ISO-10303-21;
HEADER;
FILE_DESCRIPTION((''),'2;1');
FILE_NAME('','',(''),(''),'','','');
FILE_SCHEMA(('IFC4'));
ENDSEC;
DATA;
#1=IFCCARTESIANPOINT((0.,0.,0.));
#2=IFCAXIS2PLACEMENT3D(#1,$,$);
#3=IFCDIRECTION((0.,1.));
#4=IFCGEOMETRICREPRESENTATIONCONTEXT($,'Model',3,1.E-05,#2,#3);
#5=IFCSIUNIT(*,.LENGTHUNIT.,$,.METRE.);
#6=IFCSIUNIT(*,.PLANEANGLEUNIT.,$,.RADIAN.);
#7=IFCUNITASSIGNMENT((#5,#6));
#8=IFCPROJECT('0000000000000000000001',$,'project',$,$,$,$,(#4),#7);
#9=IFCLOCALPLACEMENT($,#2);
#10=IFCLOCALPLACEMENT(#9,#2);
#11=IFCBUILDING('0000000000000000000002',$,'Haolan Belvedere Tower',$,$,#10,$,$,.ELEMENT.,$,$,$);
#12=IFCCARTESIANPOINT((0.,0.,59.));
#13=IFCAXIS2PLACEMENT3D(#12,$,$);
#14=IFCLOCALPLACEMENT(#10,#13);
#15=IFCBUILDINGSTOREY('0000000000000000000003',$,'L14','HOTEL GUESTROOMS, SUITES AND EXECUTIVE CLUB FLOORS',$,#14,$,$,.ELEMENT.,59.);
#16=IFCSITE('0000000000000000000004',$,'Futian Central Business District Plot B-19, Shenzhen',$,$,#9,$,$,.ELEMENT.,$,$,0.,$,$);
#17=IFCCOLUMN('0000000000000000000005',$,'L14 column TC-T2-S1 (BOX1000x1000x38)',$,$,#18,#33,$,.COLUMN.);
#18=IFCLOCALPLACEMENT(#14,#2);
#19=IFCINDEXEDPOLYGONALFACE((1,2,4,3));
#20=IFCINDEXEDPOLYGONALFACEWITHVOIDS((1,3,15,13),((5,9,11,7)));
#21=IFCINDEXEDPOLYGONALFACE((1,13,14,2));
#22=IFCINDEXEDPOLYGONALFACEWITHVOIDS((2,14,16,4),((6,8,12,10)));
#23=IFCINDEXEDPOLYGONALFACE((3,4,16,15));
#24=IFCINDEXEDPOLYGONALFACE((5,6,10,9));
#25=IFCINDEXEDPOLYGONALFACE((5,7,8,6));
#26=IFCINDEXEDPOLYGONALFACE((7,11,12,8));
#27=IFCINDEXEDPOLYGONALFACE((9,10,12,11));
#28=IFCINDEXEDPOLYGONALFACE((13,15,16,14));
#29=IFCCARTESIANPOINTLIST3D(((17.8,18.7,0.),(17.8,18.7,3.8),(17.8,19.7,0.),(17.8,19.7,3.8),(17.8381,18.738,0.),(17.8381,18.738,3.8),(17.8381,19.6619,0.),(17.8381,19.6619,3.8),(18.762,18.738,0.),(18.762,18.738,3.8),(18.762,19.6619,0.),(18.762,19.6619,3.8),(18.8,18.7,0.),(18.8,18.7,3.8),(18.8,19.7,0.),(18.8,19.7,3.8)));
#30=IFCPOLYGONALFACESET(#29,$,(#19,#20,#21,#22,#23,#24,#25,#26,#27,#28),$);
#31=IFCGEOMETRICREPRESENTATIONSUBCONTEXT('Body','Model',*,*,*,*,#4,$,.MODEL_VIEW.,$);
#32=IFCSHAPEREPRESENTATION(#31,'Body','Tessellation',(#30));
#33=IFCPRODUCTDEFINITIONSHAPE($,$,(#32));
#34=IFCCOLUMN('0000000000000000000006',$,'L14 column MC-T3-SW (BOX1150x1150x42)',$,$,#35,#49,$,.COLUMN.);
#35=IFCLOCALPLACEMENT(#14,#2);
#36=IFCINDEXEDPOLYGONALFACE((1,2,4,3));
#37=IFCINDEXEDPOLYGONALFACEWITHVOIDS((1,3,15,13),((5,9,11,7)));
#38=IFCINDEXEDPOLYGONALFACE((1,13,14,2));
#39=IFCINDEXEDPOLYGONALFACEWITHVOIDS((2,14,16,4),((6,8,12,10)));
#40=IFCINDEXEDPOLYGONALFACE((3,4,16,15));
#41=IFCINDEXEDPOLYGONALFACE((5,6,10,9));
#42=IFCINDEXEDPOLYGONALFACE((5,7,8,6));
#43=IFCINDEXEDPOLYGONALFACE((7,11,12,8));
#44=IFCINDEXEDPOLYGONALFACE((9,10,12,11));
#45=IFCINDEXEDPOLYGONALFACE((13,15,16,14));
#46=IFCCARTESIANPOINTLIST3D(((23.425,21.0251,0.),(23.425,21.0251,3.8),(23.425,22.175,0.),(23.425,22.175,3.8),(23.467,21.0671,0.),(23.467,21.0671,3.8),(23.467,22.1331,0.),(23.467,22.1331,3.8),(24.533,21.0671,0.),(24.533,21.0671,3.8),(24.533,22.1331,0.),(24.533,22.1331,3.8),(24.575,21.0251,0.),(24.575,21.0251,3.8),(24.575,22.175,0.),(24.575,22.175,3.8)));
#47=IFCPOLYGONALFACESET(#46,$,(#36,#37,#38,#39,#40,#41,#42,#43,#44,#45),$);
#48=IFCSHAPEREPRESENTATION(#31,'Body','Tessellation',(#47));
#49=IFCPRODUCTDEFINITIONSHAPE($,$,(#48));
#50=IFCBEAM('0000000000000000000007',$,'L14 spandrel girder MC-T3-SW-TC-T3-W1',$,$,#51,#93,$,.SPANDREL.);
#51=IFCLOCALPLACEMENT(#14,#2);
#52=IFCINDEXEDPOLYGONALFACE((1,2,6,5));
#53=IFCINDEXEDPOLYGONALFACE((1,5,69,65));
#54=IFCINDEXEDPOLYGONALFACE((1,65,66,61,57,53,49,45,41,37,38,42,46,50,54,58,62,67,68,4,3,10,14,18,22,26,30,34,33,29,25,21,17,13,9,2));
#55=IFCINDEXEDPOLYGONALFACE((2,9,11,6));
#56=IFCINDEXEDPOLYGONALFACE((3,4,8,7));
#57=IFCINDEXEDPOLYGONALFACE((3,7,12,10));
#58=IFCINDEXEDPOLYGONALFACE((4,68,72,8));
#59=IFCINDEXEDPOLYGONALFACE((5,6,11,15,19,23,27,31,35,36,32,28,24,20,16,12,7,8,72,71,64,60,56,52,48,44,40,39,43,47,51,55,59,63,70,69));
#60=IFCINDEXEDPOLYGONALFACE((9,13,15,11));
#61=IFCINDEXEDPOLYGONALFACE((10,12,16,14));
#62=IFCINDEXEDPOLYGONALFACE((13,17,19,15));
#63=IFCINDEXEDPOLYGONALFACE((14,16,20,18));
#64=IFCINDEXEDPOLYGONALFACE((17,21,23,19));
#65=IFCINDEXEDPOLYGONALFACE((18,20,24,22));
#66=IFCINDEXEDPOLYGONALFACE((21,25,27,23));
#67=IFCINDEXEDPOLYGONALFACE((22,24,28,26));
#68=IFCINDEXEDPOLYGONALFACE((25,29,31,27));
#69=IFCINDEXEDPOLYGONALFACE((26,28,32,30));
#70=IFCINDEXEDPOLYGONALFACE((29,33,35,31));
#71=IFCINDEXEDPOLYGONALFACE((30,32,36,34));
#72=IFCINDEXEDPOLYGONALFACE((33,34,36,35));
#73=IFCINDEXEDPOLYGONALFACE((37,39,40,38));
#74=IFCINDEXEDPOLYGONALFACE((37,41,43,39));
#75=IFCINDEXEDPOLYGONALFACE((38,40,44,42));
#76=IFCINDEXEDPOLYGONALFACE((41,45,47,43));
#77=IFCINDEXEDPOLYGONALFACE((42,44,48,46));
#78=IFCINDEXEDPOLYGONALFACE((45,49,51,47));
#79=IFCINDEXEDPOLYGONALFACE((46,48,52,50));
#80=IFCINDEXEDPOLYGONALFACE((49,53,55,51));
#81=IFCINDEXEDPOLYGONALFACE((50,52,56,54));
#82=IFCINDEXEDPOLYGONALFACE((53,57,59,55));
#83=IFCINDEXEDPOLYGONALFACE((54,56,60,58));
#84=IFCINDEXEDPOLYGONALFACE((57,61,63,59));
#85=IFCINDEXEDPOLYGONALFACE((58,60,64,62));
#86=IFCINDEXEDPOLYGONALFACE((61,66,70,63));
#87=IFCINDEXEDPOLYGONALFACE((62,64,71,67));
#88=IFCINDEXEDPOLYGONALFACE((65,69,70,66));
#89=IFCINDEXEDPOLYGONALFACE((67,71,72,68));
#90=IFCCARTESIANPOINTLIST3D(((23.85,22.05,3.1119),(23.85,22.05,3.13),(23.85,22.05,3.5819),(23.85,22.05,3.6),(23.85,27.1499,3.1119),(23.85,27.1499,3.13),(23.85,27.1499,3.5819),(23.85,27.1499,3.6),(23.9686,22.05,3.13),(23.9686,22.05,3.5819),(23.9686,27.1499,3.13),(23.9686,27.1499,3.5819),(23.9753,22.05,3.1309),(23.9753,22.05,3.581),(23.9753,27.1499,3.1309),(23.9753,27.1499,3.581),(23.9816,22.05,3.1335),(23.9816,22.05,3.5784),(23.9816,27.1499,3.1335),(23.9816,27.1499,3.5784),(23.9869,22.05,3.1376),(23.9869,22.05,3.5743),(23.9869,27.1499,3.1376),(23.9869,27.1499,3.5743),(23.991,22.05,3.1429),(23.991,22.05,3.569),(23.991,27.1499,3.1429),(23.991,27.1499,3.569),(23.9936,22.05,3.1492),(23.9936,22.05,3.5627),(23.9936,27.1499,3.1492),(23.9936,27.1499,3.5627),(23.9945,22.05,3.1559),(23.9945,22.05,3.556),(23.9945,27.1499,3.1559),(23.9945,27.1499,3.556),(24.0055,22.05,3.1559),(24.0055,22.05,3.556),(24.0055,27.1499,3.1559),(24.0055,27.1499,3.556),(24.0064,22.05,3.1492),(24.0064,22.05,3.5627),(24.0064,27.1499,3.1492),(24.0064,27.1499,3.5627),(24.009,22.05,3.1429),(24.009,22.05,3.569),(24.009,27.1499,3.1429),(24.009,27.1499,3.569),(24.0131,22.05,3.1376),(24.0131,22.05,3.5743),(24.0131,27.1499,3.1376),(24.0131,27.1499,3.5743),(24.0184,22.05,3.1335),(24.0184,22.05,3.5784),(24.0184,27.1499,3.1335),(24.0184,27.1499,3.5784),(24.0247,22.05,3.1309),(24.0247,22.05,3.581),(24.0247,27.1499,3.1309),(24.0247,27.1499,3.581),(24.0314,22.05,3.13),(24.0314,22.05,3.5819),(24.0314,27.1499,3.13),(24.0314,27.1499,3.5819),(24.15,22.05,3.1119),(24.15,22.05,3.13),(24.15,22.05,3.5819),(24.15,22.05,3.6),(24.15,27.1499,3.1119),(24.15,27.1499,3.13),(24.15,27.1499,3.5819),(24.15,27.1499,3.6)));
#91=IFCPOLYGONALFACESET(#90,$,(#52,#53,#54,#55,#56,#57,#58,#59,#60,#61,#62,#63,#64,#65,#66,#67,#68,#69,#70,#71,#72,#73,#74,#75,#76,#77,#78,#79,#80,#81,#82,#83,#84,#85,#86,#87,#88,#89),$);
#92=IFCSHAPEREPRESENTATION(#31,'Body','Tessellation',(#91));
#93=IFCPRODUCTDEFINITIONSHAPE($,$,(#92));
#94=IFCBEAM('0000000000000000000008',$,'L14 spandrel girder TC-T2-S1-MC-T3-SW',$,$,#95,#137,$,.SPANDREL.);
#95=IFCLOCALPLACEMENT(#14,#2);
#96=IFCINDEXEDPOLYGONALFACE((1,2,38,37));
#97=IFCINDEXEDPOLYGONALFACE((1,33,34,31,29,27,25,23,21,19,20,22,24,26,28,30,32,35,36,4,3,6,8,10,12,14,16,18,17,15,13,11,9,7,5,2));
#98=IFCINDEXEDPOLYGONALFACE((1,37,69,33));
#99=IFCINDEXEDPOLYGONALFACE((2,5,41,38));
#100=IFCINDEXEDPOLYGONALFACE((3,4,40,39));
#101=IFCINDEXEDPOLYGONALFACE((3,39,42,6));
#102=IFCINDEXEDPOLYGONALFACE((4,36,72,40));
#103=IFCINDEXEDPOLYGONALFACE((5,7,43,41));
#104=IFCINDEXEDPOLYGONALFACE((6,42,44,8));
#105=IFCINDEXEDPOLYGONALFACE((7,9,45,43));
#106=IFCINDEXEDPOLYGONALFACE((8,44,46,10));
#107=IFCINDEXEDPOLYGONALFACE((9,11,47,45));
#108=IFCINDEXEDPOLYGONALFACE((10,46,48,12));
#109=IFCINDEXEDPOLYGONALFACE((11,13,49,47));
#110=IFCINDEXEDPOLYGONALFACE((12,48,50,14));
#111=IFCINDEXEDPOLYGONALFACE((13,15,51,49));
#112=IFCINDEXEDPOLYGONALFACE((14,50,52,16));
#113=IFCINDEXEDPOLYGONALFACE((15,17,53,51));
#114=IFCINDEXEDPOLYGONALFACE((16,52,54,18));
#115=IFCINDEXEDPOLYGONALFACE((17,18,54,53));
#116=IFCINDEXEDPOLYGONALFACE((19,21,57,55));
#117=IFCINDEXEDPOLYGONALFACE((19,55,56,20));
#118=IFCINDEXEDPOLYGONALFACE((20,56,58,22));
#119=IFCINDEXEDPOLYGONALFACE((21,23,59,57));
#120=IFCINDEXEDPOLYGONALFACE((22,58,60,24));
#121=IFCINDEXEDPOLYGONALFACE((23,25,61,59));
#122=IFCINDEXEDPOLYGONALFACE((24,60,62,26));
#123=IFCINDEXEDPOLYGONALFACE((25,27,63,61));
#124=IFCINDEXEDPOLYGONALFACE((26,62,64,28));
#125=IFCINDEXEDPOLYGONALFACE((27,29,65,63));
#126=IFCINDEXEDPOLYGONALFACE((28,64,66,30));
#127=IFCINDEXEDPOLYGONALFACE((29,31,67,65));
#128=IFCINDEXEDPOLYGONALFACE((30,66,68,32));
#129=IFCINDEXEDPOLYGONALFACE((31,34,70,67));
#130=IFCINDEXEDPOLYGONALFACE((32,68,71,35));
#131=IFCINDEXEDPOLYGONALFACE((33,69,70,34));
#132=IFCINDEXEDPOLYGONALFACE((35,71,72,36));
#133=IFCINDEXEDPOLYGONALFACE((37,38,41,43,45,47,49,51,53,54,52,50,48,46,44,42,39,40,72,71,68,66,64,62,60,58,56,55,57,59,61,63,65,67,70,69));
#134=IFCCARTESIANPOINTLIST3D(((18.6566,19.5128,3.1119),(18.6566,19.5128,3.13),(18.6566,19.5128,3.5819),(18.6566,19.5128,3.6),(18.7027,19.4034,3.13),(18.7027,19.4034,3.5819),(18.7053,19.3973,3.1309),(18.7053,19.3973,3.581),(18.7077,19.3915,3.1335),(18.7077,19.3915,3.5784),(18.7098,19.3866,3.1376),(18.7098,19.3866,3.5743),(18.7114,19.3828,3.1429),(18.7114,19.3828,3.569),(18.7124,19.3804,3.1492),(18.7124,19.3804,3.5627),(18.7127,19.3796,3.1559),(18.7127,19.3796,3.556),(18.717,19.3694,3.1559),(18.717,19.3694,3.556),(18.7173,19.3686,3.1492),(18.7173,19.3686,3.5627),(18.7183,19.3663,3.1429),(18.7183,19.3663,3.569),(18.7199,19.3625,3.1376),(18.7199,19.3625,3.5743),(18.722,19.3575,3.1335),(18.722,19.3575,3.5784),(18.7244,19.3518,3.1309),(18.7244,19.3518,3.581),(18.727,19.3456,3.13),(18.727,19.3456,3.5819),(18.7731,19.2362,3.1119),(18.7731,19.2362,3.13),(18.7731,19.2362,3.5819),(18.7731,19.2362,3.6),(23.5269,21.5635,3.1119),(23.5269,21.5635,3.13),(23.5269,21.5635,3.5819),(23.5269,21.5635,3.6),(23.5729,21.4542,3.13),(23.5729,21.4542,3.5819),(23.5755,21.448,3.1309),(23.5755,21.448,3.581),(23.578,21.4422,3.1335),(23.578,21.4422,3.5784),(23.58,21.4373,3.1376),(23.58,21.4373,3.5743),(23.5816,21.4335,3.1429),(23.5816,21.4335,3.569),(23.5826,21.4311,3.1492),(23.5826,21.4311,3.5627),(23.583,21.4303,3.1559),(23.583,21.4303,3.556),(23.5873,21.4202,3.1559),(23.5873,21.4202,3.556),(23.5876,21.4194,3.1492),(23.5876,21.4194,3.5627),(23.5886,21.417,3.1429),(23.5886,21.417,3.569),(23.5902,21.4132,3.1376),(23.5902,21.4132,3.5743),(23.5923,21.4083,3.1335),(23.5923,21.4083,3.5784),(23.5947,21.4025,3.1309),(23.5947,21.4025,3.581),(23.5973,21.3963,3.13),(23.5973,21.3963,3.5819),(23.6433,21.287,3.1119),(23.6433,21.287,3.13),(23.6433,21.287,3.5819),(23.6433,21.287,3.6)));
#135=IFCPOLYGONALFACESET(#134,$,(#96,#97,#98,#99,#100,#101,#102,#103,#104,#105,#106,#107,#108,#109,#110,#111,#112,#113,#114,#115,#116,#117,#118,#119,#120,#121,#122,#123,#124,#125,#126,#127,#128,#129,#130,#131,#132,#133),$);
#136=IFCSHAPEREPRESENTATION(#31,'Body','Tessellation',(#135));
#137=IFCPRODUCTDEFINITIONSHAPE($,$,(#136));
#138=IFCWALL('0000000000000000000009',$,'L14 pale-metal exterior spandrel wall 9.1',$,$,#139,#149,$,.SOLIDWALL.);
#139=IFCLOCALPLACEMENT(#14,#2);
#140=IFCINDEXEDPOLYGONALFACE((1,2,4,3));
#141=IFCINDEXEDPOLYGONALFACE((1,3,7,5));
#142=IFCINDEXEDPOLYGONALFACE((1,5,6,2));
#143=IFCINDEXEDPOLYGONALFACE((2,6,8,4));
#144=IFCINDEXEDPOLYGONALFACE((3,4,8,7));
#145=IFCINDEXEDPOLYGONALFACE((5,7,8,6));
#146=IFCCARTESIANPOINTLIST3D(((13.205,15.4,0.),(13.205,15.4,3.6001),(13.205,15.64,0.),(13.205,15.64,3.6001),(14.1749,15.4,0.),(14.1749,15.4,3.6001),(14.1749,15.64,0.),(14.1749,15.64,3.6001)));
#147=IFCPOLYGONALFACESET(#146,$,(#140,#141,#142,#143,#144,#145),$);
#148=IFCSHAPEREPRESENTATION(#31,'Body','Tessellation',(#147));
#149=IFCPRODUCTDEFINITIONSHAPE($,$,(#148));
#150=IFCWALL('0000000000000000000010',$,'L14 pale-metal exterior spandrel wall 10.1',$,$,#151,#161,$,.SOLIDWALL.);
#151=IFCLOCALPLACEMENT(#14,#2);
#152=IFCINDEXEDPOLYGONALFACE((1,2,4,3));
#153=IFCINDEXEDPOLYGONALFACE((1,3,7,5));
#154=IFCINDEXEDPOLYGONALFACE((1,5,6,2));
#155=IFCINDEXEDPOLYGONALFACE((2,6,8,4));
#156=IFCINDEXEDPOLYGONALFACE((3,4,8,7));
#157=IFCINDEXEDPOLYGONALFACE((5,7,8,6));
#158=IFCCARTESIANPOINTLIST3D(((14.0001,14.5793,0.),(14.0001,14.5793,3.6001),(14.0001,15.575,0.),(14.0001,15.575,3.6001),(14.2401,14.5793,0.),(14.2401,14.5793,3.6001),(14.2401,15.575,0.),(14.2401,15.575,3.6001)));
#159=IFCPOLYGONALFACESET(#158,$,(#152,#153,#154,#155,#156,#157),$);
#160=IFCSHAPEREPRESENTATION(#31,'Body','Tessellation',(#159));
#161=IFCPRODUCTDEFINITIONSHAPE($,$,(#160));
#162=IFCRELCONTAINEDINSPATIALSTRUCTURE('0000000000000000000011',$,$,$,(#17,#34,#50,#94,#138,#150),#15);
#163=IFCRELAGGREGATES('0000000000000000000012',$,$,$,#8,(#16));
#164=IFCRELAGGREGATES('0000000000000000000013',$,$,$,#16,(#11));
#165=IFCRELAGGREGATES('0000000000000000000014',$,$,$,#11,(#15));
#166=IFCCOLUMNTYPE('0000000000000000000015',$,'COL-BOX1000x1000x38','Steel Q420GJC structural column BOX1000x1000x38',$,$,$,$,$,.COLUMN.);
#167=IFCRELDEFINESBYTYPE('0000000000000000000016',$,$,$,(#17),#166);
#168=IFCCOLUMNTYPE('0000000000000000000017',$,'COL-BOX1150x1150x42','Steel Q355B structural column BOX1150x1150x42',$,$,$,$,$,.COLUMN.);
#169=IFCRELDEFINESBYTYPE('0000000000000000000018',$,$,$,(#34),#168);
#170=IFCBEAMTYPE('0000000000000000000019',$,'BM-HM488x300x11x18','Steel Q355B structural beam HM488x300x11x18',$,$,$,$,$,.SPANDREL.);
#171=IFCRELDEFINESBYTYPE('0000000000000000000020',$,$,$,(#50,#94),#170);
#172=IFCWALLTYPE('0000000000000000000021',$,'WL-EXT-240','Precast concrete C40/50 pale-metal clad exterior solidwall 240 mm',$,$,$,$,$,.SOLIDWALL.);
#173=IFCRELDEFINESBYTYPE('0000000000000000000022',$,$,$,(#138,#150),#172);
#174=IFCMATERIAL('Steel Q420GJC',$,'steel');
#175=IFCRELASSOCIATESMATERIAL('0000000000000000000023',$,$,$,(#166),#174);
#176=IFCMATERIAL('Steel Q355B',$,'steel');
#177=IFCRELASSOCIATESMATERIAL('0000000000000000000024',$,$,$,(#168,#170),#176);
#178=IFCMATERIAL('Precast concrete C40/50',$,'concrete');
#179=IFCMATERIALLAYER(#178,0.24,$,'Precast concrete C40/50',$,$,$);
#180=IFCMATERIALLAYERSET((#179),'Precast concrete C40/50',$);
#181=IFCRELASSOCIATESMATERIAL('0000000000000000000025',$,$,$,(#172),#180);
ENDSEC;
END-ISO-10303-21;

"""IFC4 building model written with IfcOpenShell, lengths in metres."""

from ifc_helpers import new_model, si_unit, direction, frame, frame_2d, origin, origin_2d, place, context, subcontext, project, spatial, rectangle, hollow_rectangle, i_section, extrude, material, layer, layer_set, material_profile, profile_set, type_object, element, save


model = new_model("IFC4")

# Units and contexts
model_context = context("Model", 3, precision=1e-05, world=origin(), true_north=direction((0.0, 1.0)))
body_context = subcontext(model_context, "Body", "Model", "MODEL_VIEW")
ifc_project = project(units=[si_unit("LENGTHUNIT", "METRE"), si_unit("PLANEANGLEUNIT", "RADIAN")], contexts=[model_context])

# Site, building, storey
site_placement = place(None, origin())
site = spatial("IfcSite", under=ifc_project, at=site_placement, Name="Futian Central Business District Plot B-19, Shenzhen", CompositionType="ELEMENT", RefElevation=0.0)
building_placement = place(site_placement, origin())
building = spatial("IfcBuilding", under=site, at=building_placement, Name="Haolan Belvedere Tower", CompositionType="ELEMENT")
storey_placement = place(building_placement, frame((0.0, 0.0, 59.0)))
storey = spatial("IfcBuildingStorey", under=building, at=storey_placement, Name="L14", Description="HOTEL GUESTROOMS, SUITES AND EXECUTIVE CLUB FLOORS", CompositionType="ELEMENT", Elevation=59.0)

# Columns
ifc_material_1 = material(Name="Steel Q420GJC", Category="steel")
ifc_material_profile_1 = material_profile(ifc_material_1, hollow_rectangle(XDim=1.0, YDim=1.0, WallThickness=0.0381, at=origin_2d()), Name="Steel Q420GJC")
ifc_profile_set_1 = profile_set([ifc_material_profile_1], Name="Steel Q420GJC")
column_type_1 = type_object("IfcColumnType", Name="COL-BOX1000x1000x38", Description="Steel Q420GJC structural column BOX1000x1000x38", PredefinedType="COLUMN", material=ifc_profile_set_1)
column_1_placement = place(storey_placement, frame((18.3, 19.2, 0.0), z_axis=(0.0, 0.0, 1.0), x_axis=(1.0, 0.0, 0.0)))
element("IfcColumn", 1, at=column_1_placement, inside=storey, type_object=column_type_1, Name="L14 column TC-T2-S1 (BOX1000x1000x38)", PredefinedType="COLUMN", context=body_context, shape_type="SweptSolid", body=[
    extrude(hollow_rectangle(XDim=1.0, YDim=1.0, WallThickness=0.0381, at=origin_2d()), origin(), (0.0, 0.0, 1.0), 3.8),
])
ifc_material_2 = material(Name="Steel Q355B", Category="steel")
ifc_material_profile_2 = material_profile(ifc_material_2, hollow_rectangle(XDim=1.1499, YDim=1.1499, WallThickness=0.042, at=origin_2d()), Name="Steel Q355B")
ifc_profile_set_2 = profile_set([ifc_material_profile_2], Name="Steel Q355B")
column_type_2 = type_object("IfcColumnType", Name="COL-BOX1150x1150x42", Description="Steel Q355B structural column BOX1150x1150x42", PredefinedType="COLUMN", material=ifc_profile_set_2)
column_2_placement = place(storey_placement, frame((24.0, 21.6001, 0.0), z_axis=(0.0, 0.0, 1.0), x_axis=(1.0, 0.0, 0.0)))
element("IfcColumn", 2, at=column_2_placement, inside=storey, type_object=column_type_2, Name="L14 column MC-T3-SW (BOX1150x1150x42)", PredefinedType="COLUMN", context=body_context, shape_type="SweptSolid", body=[
    extrude(hollow_rectangle(XDim=1.1499, YDim=1.1499, WallThickness=0.042, at=origin_2d()), origin(), (0.0, 0.0, 1.0), 3.8),
])

# Beams
ifc_material_profile_3 = material_profile(ifc_material_2, i_section(OverallWidth=0.3, OverallDepth=0.488, WebThickness=0.011, FlangeThickness=0.0181, FilletRadius=0.0259, at=origin_2d()), Name="Steel Q355B")
ifc_profile_set_3 = profile_set([ifc_material_profile_3], Name="Steel Q355B")
beam_type = type_object("IfcBeamType", Name="BM-HM488x300x11x18", Description="Steel Q355B structural beam HM488x300x11x18", PredefinedType="SPANDREL", material=ifc_profile_set_3)
beam_1_placement = place(storey_placement, frame((24.0, 22.05, 3.356), z_axis=(0.0, 1.0, 0.0), x_axis=(-1.0, 0.0, 0.0)))
element("IfcBeam", 3, at=beam_1_placement, inside=storey, type_object=beam_type, Name="L14 spandrel girder MC-T3-SW-TC-T3-W1", PredefinedType="SPANDREL", context=body_context, shape_type="SweptSolid", body=[
    extrude(i_section(OverallWidth=0.3, OverallDepth=0.488, WebThickness=0.011, FlangeThickness=0.0181, FilletRadius=0.0259, at=origin_2d()), origin(), (0.0, 0.0, 1.0), 5.0999),
])
beam_2_placement = place(storey_placement, frame((18.7148, 19.3745, 3.356), z_axis=(0.921628, 0.388074, 0.0), x_axis=(-0.388074, 0.921628, 0.0)))
element("IfcBeam", 4, at=beam_2_placement, inside=storey, type_object=beam_type, Name="L14 spandrel girder TC-T2-S1-MC-T3-SW", PredefinedType="SPANDREL", context=body_context, shape_type="SweptSolid", body=[
    extrude(i_section(OverallWidth=0.3, OverallDepth=0.488, WebThickness=0.011, FlangeThickness=0.0181, FilletRadius=0.0259, at=origin_2d()), origin(), (0.0, 0.0, 1.0), 5.2844),
])

# Walls
ifc_material_3 = material(Name="Precast concrete C40/50", Category="concrete")
ifc_layer_1 = layer(ifc_material_3, 0.24, Name="Precast concrete C40/50")
ifc_layer_set_1 = layer_set([ifc_layer_1], Name="Precast concrete C40/50")
wall_type_1 = type_object("IfcWallType", Name="WL-EXT-240", Description="Precast concrete C40/50 pale-metal clad exterior solidwall 240 mm", PredefinedType="SOLIDWALL", material=ifc_layer_set_1)
wall_1_placement = place(storey_placement, frame((13.2051, 15.52, 0.0), z_axis=(0.0, 0.0, 1.0), x_axis=(1.0, 0.0, 0.0)))
element("IfcWall", 5, at=wall_1_placement, inside=storey, type_object=wall_type_1, Name="L14 pale-metal exterior spandrel wall 9.1", PredefinedType="SOLIDWALL", context=body_context, shape_type="SweptSolid", body=[
    extrude(rectangle(XDim=0.97, YDim=0.24, at=frame_2d((0.4849, 0.0))), origin(), (0.0, 0.0, 1.0), 3.6001),
])
wall_2_placement = place(storey_placement, frame((14.1201, 15.575, 0.0), z_axis=(0.0, 0.0, 1.0), x_axis=(0.0, -1.0, 0.0)))
element("IfcWall", 6, at=wall_2_placement, inside=storey, type_object=wall_type_1, Name="L14 pale-metal exterior spandrel wall 10.1", PredefinedType="SOLIDWALL", context=body_context, shape_type="SweptSolid", body=[
    extrude(rectangle(XDim=0.9956, YDim=0.24, at=frame_2d((0.4978, 0.0))), origin(), (0.0, 0.0, 1.0), 3.6001),
])

save(model, "model.ifc")
